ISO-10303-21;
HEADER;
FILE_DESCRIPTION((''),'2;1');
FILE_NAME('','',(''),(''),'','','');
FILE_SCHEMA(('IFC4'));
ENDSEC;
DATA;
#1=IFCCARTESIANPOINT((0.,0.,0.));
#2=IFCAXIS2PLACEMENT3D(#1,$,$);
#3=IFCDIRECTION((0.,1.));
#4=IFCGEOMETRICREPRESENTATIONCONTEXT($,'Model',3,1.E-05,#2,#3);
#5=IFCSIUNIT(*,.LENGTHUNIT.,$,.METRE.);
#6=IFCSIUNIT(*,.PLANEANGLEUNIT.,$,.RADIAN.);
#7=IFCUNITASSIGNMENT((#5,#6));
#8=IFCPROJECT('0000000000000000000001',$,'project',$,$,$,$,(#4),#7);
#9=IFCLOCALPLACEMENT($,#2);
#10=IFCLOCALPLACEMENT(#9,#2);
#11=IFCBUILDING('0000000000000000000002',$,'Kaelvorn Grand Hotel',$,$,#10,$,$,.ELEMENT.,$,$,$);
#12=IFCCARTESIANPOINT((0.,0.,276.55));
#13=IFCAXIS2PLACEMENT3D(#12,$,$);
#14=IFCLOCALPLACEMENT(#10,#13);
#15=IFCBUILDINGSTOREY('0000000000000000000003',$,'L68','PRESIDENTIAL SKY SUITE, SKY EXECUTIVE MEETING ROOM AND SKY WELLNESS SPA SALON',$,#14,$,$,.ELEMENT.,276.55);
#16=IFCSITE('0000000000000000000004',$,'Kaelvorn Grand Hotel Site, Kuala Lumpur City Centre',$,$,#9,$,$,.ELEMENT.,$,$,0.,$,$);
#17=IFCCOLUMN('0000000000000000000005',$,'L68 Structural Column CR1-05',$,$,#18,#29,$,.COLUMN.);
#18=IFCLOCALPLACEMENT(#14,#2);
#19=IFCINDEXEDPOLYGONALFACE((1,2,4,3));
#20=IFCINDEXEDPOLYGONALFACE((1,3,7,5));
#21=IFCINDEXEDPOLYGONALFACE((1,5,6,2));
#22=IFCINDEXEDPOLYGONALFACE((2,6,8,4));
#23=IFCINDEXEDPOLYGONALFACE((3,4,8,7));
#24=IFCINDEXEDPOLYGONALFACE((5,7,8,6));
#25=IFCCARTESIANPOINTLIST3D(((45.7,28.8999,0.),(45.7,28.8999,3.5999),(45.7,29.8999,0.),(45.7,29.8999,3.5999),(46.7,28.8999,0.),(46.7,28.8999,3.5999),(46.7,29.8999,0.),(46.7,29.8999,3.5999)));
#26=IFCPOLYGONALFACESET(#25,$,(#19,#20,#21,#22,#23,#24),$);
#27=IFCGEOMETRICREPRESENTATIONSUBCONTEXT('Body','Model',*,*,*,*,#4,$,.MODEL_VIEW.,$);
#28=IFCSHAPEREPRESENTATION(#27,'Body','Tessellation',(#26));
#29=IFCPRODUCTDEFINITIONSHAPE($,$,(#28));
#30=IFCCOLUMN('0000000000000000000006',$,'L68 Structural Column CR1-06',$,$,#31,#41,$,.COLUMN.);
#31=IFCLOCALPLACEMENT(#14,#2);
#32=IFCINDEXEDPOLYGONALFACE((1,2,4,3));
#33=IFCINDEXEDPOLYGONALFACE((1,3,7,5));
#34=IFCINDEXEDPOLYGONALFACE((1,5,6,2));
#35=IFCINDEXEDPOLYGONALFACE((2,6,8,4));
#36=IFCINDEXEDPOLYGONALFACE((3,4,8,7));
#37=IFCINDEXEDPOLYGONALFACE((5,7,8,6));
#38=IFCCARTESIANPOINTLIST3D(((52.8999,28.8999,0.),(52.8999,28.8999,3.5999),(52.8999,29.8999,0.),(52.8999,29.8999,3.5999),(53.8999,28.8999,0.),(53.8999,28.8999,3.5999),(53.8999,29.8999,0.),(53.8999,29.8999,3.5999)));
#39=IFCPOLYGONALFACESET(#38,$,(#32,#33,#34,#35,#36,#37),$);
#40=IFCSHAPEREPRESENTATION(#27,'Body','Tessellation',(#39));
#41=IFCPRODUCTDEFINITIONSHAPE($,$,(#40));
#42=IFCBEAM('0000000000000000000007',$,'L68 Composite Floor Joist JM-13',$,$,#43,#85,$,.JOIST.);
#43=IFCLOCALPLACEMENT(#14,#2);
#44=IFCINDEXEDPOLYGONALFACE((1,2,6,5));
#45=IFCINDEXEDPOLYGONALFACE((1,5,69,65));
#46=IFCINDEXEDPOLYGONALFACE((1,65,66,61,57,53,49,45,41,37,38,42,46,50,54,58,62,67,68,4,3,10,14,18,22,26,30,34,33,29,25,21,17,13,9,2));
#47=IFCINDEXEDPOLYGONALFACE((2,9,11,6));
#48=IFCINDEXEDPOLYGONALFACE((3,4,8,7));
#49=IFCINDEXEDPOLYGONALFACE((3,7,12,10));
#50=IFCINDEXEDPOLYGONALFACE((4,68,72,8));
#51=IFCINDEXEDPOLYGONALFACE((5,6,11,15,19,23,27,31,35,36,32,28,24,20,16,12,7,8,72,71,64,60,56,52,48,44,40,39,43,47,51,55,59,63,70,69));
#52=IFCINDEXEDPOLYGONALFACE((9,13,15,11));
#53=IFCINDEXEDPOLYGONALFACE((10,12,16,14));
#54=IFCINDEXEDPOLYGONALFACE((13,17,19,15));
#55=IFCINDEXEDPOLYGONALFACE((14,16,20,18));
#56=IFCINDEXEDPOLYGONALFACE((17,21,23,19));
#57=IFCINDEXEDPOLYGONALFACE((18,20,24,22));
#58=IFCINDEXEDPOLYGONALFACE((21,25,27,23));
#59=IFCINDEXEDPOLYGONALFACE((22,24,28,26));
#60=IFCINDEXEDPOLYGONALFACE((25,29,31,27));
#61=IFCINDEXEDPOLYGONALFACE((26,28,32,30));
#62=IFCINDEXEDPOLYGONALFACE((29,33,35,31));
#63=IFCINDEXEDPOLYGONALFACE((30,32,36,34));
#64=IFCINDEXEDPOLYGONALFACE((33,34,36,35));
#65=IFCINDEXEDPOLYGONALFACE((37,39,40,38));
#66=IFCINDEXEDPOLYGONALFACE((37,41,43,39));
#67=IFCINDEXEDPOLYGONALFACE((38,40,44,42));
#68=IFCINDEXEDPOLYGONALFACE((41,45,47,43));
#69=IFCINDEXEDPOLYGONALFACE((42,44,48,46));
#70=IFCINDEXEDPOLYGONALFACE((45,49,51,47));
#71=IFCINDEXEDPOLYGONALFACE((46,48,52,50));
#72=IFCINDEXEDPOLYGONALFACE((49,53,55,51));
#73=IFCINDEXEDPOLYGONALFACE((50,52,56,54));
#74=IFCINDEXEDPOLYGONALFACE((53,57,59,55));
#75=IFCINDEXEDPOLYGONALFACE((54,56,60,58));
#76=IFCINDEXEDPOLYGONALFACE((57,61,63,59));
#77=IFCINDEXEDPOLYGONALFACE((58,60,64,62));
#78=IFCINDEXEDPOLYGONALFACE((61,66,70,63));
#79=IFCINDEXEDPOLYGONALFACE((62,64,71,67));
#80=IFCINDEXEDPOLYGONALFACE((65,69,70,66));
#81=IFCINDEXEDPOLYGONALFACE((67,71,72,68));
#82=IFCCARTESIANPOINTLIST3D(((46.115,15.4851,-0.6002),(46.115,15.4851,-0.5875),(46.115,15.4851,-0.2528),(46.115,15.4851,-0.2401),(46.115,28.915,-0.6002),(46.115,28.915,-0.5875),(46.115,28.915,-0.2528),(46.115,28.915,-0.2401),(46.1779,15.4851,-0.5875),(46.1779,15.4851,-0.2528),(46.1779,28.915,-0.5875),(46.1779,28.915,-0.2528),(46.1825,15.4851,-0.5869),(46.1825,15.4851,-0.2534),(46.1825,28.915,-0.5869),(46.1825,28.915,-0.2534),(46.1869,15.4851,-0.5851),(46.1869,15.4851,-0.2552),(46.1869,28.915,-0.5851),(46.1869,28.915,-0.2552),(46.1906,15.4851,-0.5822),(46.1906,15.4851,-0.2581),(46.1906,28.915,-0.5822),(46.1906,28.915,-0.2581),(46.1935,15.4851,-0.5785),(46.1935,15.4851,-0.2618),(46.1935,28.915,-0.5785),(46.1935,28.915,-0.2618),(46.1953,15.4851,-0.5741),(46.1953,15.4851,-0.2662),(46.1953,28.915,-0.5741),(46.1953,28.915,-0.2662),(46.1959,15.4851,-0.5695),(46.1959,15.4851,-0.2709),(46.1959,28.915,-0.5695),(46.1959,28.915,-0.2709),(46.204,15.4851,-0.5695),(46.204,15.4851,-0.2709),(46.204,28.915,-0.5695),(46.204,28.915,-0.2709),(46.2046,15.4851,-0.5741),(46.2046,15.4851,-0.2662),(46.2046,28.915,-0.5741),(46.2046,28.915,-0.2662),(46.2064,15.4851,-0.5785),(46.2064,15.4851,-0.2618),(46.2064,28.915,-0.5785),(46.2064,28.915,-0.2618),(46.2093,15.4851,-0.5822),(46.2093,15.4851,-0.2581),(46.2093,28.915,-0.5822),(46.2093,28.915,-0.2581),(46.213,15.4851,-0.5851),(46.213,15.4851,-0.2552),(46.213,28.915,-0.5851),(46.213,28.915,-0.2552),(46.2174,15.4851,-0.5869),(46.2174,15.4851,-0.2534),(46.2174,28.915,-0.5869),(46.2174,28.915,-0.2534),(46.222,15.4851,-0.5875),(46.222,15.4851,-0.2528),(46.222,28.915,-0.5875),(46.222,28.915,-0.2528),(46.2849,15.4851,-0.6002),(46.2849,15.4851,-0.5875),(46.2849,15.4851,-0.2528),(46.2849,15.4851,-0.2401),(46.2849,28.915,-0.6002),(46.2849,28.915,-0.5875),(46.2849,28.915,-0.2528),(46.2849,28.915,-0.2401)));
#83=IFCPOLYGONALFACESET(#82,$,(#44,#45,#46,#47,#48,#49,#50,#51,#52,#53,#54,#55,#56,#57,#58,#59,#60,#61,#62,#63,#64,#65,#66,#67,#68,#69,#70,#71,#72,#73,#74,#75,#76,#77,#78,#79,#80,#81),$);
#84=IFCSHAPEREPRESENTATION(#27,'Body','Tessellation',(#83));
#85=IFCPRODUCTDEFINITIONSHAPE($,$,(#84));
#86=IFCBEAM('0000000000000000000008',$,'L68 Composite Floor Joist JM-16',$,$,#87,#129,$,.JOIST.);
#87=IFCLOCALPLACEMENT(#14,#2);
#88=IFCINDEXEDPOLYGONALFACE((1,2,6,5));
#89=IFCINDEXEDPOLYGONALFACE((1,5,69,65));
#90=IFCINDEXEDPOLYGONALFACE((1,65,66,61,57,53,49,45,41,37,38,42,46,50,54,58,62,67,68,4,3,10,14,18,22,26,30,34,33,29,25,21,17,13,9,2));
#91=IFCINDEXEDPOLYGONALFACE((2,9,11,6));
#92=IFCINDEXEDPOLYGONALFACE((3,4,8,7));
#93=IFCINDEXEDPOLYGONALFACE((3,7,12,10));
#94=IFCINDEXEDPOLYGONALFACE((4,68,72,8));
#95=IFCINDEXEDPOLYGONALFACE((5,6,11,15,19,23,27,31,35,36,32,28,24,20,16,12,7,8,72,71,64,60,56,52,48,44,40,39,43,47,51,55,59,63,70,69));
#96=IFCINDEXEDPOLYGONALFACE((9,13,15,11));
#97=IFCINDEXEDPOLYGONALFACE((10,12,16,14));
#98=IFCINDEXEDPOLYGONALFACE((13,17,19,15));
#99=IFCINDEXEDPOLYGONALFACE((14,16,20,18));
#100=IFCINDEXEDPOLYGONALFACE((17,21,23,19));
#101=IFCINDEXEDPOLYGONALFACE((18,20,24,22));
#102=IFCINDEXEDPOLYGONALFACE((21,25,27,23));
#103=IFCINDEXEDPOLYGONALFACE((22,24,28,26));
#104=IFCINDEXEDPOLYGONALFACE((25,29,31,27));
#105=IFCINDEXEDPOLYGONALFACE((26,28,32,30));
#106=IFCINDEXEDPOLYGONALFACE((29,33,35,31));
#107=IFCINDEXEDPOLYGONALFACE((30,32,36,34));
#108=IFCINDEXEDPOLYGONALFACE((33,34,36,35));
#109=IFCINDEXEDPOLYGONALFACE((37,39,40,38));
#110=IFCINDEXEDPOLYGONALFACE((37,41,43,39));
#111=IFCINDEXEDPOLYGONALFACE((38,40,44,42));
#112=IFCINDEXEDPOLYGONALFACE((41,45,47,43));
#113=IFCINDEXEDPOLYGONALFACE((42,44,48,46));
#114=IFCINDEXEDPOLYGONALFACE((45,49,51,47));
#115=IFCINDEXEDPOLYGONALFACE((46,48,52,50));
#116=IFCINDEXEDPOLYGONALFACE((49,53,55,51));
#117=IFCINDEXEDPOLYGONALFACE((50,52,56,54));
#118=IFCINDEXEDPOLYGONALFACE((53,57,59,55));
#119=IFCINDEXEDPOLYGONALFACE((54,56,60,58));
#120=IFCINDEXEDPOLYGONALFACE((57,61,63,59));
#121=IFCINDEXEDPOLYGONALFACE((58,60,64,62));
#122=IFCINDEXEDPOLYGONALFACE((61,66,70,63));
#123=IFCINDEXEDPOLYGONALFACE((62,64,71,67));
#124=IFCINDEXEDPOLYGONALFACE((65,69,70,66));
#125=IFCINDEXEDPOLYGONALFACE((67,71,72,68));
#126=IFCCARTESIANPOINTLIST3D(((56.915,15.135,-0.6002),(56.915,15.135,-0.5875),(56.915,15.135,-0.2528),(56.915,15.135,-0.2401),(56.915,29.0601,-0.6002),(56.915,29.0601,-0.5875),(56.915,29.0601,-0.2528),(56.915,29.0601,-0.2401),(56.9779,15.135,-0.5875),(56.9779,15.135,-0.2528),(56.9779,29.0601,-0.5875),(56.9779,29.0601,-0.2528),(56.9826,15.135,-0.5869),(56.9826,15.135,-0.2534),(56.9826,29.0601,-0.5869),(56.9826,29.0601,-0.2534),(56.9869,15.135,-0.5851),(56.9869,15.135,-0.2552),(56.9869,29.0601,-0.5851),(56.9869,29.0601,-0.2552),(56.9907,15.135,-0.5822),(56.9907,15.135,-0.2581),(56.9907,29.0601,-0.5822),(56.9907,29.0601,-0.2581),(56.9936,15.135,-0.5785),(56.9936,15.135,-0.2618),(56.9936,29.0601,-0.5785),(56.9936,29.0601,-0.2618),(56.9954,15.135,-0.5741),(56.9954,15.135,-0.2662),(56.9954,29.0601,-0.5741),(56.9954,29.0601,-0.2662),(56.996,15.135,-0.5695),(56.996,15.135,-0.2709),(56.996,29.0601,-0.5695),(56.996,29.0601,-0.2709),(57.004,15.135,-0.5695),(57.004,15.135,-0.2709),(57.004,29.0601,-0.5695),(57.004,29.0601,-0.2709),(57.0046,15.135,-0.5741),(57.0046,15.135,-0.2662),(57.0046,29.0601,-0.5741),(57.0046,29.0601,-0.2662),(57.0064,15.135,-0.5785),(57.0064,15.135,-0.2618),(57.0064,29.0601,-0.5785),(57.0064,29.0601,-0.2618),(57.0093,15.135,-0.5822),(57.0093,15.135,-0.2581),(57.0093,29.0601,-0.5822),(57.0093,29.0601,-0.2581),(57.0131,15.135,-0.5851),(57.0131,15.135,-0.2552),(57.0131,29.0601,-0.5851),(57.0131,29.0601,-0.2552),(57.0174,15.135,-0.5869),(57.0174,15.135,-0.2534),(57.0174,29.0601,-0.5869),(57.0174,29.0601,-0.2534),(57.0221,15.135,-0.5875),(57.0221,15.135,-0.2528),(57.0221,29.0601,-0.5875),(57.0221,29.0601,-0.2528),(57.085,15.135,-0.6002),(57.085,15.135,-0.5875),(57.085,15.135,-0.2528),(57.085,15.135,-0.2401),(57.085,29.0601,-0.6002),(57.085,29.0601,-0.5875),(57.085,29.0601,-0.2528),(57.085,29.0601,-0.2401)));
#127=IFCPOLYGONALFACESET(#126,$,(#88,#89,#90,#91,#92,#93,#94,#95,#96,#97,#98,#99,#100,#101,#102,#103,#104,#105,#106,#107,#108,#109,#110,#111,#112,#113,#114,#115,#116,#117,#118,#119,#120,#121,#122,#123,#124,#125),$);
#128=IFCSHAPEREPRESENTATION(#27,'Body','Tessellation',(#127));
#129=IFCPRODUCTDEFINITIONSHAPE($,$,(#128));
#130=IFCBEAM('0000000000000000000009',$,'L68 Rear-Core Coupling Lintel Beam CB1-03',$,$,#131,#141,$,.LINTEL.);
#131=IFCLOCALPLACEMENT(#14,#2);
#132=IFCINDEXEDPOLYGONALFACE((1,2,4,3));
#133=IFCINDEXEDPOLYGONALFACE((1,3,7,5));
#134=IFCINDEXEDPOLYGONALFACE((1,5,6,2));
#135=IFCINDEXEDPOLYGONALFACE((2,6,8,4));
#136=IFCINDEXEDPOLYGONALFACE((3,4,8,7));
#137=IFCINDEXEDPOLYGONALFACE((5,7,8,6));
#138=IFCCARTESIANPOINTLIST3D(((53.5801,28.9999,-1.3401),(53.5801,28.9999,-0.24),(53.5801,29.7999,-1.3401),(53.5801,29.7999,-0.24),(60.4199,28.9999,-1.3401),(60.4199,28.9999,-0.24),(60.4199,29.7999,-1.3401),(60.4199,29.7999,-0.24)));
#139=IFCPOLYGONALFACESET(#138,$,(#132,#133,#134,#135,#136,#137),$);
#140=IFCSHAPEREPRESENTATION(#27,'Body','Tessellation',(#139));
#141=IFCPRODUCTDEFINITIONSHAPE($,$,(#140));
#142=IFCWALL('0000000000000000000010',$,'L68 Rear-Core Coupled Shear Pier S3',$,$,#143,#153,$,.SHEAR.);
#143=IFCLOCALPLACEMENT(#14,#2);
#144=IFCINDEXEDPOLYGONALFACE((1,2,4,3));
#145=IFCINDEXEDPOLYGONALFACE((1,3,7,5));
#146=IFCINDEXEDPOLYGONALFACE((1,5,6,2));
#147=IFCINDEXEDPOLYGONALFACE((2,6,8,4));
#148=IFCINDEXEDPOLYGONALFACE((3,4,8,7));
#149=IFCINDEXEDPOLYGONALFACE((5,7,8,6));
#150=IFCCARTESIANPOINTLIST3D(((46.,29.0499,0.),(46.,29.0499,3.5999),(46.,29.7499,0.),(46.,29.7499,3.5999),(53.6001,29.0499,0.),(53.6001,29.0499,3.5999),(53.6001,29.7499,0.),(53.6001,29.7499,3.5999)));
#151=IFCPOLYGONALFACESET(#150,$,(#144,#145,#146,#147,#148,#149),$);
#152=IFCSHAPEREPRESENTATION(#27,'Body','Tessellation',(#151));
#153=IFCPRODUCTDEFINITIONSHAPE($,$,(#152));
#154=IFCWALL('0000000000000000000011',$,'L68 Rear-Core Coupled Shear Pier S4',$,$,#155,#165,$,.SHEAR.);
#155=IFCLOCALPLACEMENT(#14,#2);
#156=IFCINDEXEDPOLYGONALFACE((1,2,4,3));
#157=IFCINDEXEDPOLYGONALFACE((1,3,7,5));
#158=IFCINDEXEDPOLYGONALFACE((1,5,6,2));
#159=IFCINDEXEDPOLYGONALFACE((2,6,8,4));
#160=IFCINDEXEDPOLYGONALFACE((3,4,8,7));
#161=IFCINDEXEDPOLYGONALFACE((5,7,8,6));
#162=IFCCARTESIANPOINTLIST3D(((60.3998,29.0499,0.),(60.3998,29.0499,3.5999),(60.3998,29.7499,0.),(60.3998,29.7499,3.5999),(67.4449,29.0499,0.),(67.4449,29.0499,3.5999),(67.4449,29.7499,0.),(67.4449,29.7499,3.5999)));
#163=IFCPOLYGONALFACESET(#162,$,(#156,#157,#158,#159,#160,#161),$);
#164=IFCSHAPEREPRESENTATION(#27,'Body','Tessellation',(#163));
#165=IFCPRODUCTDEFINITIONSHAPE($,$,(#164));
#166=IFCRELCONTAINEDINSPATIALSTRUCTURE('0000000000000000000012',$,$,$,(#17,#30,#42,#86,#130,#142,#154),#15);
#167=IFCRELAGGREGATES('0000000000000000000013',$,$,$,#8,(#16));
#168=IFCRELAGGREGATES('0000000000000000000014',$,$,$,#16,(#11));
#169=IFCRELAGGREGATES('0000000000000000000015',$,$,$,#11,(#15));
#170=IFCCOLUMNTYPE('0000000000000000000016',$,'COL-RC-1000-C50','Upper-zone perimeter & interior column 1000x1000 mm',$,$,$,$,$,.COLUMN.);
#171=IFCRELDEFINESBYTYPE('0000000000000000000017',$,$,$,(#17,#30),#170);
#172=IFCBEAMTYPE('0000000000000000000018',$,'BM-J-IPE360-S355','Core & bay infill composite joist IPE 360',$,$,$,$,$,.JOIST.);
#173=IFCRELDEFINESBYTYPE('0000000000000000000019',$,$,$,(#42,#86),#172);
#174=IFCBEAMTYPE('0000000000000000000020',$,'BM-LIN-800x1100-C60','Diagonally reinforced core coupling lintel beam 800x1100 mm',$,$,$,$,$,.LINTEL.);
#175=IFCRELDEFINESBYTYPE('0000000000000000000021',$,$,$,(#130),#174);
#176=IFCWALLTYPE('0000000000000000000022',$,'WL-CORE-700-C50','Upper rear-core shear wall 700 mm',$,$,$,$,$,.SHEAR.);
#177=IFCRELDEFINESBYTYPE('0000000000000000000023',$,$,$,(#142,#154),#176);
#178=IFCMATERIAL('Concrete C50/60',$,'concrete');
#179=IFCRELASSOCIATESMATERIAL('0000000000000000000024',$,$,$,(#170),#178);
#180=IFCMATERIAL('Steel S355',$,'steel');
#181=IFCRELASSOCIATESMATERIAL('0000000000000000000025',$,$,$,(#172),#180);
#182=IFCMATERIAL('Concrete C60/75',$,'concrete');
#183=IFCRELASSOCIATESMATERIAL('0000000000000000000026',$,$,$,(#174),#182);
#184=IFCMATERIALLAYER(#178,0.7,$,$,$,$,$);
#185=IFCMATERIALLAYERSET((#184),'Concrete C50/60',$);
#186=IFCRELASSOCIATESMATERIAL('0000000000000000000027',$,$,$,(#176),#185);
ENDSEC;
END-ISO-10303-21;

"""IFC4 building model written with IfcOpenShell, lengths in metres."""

from ifc_helpers import new_model, si_unit, direction, frame, frame_2d, origin, origin_2d, place, context, subcontext, project, spatial, rectangle, i_section, extrude, material, layer, layer_set, material_profile, profile_set, type_object, element, save


model = new_model("IFC4")

# Units and contexts
model_context = context("Model", 3, precision=1e-05, world=origin(), true_north=direction((0.0, 1.0)))
body_context = subcontext(model_context, "Body", "Model", "MODEL_VIEW")
ifc_project = project(units=[si_unit("LENGTHUNIT", "METRE"), si_unit("PLANEANGLEUNIT", "RADIAN")], contexts=[model_context])

# Site, building, storey
site_placement = place(None, origin())
site = spatial("IfcSite", under=ifc_project, at=site_placement, Name="Kaelvorn Grand Hotel Site, Kuala Lumpur City Centre", CompositionType="ELEMENT", RefElevation=0.0)
building_placement = place(site_placement, origin())
building = spatial("IfcBuilding", under=site, at=building_placement, Name="Kaelvorn Grand Hotel", CompositionType="ELEMENT")
storey_placement = place(building_placement, frame((0.0, 0.0, 276.55)))
storey = spatial("IfcBuildingStorey", under=building, at=storey_placement, Name="L68", Description="PRESIDENTIAL SKY SUITE, SKY EXECUTIVE MEETING ROOM AND SKY WELLNESS SPA SALON", CompositionType="ELEMENT", Elevation=276.55)

# Columns
ifc_material_1 = material(Name="Concrete C50/60", Category="concrete")
ifc_material_profile_1 = material_profile(ifc_material_1, rectangle(XDim=1.0, YDim=1.0, at=origin_2d()), Name="RC COL 1000x1000")
ifc_profile_set_1 = profile_set([ifc_material_profile_1], Name="Concrete C50/60")
column_type = type_object("IfcColumnType", Name="COL-RC-1000-C50", Description="Upper-zone perimeter & interior column 1000x1000 mm", PredefinedType="COLUMN", material=ifc_profile_set_1)
for number, where, z_axis, x_axis, name in (
    (1, (46.2, 29.3999, 0.0), (0.0, 0.0, 1.0), (1.0, 0.0, 0.0), "L68 Structural Column CR1-05"),
    (2, (53.3999, 29.3999, 0.0), (0.0, 0.0, 1.0), (1.0, 0.0, 0.0), "L68 Structural Column CR1-06"),
):
    element("IfcColumn", number, at=place(storey_placement, frame(where, z_axis=z_axis, x_axis=x_axis)), inside=storey, type_object=column_type, Name=name, PredefinedType="COLUMN", context=body_context, shape_type="SweptSolid", body=[
        extrude(rectangle(XDim=1.0, YDim=1.0, at=origin_2d()), origin(), (0.0, 0.0, 1.0), 3.5999),
    ])

# Beams
ifc_material_2 = material(Name="Steel S355", Category="steel")
ifc_material_profile_2 = material_profile(ifc_material_2, i_section(OverallWidth=0.1699, OverallDepth=0.3601, WebThickness=0.0081, FlangeThickness=0.0127, FilletRadius=0.0181, at=origin_2d()), Name="IPE 360")
ifc_profile_set_2 = profile_set([ifc_material_profile_2], Name="Steel S355")
beam_type_1 = type_object("IfcBeamType", Name="BM-J-IPE360-S355", Description="Core & bay infill composite joist IPE 360", PredefinedType="JOIST", material=ifc_profile_set_2)
beam_1_placement = place(storey_placement, frame((46.2, 15.4851, -0.4202), z_axis=(0.0, 1.0, 0.0), x_axis=(-1.0, 0.0, 0.0)))
element("IfcBeam", 3, at=beam_1_placement, inside=storey, type_object=beam_type_1, Name="L68 Composite Floor Joist JM-13", PredefinedType="JOIST", context=body_context, shape_type="SweptSolid", body=[
    extrude(i_section(OverallWidth=0.1699, OverallDepth=0.3601, WebThickness=0.0081, FlangeThickness=0.0127, FilletRadius=0.0181, at=origin_2d()), origin(), (0.0, 0.0, 1.0), 13.4299),
])
beam_2_placement = place(storey_placement, frame((57.0, 15.135, -0.4202), z_axis=(0.0, 1.0, 0.0), x_axis=(-1.0, 0.0, 0.0)))
element("IfcBeam", 4, at=beam_2_placement, inside=storey, type_object=beam_type_1, Name="L68 Composite Floor Joist JM-16", PredefinedType="JOIST", context=body_context, shape_type="SweptSolid", body=[
    extrude(i_section(OverallWidth=0.1699, OverallDepth=0.3601, WebThickness=0.0081, FlangeThickness=0.0127, FilletRadius=0.0181, at=origin_2d()), origin(), (0.0, 0.0, 1.0), 13.925),
])
ifc_material_3 = material(Name="Concrete C60/75", Category="concrete")
ifc_material_profile_3 = material_profile(ifc_material_3, rectangle(XDim=0.8, YDim=1.1001, at=origin_2d()), Name="RC LINTEL 800x1100")
ifc_profile_set_3 = profile_set([ifc_material_profile_3], Name="Concrete C60/75")
beam_type_2 = type_object("IfcBeamType", Name="BM-LIN-800x1100-C60", Description="Diagonally reinforced core coupling lintel beam 800x1100 mm", PredefinedType="LINTEL", material=ifc_profile_set_3)
beam_3_placement = place(storey_placement, frame((53.5801, 29.3999, -0.79), z_axis=(1.0, 0.0, 0.0), x_axis=(0.0, 1.0, 0.0)))
element("IfcBeam", 5, at=beam_3_placement, inside=storey, type_object=beam_type_2, Name="L68 Rear-Core Coupling Lintel Beam CB1-03", PredefinedType="LINTEL", context=body_context, shape_type="SweptSolid", body=[
    extrude(rectangle(XDim=0.8, YDim=1.1001, at=origin_2d()), origin(), (0.0, 0.0, 1.0), 6.8398),
])

# Walls
ifc_layer_1 = layer(ifc_material_1, 0.7)
ifc_layer_set_1 = layer_set([ifc_layer_1], Name="Concrete C50/60")
wall_type_1 = type_object("IfcWallType", Name="WL-CORE-700-C50", Description="Upper rear-core shear wall 700 mm", PredefinedType="SHEAR", material=ifc_layer_set_1)
wall_1_placement = place(storey_placement, frame((46.0, 29.3999, 0.0), z_axis=(0.0, 0.0, 1.0), x_axis=(1.0, 0.0, 0.0)))
element("IfcWall", 6, at=wall_1_placement, inside=storey, type_object=wall_type_1, Name="L68 Rear-Core Coupled Shear Pier S3", PredefinedType="SHEAR", context=body_context, shape_type="SweptSolid", body=[
    extrude(rectangle(XDim=7.6001, YDim=0.7, at=frame_2d((3.8, 0.0))), origin(), (0.0, 0.0, 1.0), 3.5999),
])
wall_2_placement = place(storey_placement, frame((60.3999, 29.3999, 0.0), z_axis=(0.0, 0.0, 1.0), x_axis=(1.0, 0.0, 0.0)))
element("IfcWall", 7, at=wall_2_placement, inside=storey, type_object=wall_type_1, Name="L68 Rear-Core Coupled Shear Pier S4", PredefinedType="SHEAR", context=body_context, shape_type="SweptSolid", body=[
    extrude(rectangle(XDim=7.0452, YDim=0.7, at=frame_2d((3.5225, 0.0))), origin(), (0.0, 0.0, 1.0), 3.5999),
])

save(model, "model.ifc")
